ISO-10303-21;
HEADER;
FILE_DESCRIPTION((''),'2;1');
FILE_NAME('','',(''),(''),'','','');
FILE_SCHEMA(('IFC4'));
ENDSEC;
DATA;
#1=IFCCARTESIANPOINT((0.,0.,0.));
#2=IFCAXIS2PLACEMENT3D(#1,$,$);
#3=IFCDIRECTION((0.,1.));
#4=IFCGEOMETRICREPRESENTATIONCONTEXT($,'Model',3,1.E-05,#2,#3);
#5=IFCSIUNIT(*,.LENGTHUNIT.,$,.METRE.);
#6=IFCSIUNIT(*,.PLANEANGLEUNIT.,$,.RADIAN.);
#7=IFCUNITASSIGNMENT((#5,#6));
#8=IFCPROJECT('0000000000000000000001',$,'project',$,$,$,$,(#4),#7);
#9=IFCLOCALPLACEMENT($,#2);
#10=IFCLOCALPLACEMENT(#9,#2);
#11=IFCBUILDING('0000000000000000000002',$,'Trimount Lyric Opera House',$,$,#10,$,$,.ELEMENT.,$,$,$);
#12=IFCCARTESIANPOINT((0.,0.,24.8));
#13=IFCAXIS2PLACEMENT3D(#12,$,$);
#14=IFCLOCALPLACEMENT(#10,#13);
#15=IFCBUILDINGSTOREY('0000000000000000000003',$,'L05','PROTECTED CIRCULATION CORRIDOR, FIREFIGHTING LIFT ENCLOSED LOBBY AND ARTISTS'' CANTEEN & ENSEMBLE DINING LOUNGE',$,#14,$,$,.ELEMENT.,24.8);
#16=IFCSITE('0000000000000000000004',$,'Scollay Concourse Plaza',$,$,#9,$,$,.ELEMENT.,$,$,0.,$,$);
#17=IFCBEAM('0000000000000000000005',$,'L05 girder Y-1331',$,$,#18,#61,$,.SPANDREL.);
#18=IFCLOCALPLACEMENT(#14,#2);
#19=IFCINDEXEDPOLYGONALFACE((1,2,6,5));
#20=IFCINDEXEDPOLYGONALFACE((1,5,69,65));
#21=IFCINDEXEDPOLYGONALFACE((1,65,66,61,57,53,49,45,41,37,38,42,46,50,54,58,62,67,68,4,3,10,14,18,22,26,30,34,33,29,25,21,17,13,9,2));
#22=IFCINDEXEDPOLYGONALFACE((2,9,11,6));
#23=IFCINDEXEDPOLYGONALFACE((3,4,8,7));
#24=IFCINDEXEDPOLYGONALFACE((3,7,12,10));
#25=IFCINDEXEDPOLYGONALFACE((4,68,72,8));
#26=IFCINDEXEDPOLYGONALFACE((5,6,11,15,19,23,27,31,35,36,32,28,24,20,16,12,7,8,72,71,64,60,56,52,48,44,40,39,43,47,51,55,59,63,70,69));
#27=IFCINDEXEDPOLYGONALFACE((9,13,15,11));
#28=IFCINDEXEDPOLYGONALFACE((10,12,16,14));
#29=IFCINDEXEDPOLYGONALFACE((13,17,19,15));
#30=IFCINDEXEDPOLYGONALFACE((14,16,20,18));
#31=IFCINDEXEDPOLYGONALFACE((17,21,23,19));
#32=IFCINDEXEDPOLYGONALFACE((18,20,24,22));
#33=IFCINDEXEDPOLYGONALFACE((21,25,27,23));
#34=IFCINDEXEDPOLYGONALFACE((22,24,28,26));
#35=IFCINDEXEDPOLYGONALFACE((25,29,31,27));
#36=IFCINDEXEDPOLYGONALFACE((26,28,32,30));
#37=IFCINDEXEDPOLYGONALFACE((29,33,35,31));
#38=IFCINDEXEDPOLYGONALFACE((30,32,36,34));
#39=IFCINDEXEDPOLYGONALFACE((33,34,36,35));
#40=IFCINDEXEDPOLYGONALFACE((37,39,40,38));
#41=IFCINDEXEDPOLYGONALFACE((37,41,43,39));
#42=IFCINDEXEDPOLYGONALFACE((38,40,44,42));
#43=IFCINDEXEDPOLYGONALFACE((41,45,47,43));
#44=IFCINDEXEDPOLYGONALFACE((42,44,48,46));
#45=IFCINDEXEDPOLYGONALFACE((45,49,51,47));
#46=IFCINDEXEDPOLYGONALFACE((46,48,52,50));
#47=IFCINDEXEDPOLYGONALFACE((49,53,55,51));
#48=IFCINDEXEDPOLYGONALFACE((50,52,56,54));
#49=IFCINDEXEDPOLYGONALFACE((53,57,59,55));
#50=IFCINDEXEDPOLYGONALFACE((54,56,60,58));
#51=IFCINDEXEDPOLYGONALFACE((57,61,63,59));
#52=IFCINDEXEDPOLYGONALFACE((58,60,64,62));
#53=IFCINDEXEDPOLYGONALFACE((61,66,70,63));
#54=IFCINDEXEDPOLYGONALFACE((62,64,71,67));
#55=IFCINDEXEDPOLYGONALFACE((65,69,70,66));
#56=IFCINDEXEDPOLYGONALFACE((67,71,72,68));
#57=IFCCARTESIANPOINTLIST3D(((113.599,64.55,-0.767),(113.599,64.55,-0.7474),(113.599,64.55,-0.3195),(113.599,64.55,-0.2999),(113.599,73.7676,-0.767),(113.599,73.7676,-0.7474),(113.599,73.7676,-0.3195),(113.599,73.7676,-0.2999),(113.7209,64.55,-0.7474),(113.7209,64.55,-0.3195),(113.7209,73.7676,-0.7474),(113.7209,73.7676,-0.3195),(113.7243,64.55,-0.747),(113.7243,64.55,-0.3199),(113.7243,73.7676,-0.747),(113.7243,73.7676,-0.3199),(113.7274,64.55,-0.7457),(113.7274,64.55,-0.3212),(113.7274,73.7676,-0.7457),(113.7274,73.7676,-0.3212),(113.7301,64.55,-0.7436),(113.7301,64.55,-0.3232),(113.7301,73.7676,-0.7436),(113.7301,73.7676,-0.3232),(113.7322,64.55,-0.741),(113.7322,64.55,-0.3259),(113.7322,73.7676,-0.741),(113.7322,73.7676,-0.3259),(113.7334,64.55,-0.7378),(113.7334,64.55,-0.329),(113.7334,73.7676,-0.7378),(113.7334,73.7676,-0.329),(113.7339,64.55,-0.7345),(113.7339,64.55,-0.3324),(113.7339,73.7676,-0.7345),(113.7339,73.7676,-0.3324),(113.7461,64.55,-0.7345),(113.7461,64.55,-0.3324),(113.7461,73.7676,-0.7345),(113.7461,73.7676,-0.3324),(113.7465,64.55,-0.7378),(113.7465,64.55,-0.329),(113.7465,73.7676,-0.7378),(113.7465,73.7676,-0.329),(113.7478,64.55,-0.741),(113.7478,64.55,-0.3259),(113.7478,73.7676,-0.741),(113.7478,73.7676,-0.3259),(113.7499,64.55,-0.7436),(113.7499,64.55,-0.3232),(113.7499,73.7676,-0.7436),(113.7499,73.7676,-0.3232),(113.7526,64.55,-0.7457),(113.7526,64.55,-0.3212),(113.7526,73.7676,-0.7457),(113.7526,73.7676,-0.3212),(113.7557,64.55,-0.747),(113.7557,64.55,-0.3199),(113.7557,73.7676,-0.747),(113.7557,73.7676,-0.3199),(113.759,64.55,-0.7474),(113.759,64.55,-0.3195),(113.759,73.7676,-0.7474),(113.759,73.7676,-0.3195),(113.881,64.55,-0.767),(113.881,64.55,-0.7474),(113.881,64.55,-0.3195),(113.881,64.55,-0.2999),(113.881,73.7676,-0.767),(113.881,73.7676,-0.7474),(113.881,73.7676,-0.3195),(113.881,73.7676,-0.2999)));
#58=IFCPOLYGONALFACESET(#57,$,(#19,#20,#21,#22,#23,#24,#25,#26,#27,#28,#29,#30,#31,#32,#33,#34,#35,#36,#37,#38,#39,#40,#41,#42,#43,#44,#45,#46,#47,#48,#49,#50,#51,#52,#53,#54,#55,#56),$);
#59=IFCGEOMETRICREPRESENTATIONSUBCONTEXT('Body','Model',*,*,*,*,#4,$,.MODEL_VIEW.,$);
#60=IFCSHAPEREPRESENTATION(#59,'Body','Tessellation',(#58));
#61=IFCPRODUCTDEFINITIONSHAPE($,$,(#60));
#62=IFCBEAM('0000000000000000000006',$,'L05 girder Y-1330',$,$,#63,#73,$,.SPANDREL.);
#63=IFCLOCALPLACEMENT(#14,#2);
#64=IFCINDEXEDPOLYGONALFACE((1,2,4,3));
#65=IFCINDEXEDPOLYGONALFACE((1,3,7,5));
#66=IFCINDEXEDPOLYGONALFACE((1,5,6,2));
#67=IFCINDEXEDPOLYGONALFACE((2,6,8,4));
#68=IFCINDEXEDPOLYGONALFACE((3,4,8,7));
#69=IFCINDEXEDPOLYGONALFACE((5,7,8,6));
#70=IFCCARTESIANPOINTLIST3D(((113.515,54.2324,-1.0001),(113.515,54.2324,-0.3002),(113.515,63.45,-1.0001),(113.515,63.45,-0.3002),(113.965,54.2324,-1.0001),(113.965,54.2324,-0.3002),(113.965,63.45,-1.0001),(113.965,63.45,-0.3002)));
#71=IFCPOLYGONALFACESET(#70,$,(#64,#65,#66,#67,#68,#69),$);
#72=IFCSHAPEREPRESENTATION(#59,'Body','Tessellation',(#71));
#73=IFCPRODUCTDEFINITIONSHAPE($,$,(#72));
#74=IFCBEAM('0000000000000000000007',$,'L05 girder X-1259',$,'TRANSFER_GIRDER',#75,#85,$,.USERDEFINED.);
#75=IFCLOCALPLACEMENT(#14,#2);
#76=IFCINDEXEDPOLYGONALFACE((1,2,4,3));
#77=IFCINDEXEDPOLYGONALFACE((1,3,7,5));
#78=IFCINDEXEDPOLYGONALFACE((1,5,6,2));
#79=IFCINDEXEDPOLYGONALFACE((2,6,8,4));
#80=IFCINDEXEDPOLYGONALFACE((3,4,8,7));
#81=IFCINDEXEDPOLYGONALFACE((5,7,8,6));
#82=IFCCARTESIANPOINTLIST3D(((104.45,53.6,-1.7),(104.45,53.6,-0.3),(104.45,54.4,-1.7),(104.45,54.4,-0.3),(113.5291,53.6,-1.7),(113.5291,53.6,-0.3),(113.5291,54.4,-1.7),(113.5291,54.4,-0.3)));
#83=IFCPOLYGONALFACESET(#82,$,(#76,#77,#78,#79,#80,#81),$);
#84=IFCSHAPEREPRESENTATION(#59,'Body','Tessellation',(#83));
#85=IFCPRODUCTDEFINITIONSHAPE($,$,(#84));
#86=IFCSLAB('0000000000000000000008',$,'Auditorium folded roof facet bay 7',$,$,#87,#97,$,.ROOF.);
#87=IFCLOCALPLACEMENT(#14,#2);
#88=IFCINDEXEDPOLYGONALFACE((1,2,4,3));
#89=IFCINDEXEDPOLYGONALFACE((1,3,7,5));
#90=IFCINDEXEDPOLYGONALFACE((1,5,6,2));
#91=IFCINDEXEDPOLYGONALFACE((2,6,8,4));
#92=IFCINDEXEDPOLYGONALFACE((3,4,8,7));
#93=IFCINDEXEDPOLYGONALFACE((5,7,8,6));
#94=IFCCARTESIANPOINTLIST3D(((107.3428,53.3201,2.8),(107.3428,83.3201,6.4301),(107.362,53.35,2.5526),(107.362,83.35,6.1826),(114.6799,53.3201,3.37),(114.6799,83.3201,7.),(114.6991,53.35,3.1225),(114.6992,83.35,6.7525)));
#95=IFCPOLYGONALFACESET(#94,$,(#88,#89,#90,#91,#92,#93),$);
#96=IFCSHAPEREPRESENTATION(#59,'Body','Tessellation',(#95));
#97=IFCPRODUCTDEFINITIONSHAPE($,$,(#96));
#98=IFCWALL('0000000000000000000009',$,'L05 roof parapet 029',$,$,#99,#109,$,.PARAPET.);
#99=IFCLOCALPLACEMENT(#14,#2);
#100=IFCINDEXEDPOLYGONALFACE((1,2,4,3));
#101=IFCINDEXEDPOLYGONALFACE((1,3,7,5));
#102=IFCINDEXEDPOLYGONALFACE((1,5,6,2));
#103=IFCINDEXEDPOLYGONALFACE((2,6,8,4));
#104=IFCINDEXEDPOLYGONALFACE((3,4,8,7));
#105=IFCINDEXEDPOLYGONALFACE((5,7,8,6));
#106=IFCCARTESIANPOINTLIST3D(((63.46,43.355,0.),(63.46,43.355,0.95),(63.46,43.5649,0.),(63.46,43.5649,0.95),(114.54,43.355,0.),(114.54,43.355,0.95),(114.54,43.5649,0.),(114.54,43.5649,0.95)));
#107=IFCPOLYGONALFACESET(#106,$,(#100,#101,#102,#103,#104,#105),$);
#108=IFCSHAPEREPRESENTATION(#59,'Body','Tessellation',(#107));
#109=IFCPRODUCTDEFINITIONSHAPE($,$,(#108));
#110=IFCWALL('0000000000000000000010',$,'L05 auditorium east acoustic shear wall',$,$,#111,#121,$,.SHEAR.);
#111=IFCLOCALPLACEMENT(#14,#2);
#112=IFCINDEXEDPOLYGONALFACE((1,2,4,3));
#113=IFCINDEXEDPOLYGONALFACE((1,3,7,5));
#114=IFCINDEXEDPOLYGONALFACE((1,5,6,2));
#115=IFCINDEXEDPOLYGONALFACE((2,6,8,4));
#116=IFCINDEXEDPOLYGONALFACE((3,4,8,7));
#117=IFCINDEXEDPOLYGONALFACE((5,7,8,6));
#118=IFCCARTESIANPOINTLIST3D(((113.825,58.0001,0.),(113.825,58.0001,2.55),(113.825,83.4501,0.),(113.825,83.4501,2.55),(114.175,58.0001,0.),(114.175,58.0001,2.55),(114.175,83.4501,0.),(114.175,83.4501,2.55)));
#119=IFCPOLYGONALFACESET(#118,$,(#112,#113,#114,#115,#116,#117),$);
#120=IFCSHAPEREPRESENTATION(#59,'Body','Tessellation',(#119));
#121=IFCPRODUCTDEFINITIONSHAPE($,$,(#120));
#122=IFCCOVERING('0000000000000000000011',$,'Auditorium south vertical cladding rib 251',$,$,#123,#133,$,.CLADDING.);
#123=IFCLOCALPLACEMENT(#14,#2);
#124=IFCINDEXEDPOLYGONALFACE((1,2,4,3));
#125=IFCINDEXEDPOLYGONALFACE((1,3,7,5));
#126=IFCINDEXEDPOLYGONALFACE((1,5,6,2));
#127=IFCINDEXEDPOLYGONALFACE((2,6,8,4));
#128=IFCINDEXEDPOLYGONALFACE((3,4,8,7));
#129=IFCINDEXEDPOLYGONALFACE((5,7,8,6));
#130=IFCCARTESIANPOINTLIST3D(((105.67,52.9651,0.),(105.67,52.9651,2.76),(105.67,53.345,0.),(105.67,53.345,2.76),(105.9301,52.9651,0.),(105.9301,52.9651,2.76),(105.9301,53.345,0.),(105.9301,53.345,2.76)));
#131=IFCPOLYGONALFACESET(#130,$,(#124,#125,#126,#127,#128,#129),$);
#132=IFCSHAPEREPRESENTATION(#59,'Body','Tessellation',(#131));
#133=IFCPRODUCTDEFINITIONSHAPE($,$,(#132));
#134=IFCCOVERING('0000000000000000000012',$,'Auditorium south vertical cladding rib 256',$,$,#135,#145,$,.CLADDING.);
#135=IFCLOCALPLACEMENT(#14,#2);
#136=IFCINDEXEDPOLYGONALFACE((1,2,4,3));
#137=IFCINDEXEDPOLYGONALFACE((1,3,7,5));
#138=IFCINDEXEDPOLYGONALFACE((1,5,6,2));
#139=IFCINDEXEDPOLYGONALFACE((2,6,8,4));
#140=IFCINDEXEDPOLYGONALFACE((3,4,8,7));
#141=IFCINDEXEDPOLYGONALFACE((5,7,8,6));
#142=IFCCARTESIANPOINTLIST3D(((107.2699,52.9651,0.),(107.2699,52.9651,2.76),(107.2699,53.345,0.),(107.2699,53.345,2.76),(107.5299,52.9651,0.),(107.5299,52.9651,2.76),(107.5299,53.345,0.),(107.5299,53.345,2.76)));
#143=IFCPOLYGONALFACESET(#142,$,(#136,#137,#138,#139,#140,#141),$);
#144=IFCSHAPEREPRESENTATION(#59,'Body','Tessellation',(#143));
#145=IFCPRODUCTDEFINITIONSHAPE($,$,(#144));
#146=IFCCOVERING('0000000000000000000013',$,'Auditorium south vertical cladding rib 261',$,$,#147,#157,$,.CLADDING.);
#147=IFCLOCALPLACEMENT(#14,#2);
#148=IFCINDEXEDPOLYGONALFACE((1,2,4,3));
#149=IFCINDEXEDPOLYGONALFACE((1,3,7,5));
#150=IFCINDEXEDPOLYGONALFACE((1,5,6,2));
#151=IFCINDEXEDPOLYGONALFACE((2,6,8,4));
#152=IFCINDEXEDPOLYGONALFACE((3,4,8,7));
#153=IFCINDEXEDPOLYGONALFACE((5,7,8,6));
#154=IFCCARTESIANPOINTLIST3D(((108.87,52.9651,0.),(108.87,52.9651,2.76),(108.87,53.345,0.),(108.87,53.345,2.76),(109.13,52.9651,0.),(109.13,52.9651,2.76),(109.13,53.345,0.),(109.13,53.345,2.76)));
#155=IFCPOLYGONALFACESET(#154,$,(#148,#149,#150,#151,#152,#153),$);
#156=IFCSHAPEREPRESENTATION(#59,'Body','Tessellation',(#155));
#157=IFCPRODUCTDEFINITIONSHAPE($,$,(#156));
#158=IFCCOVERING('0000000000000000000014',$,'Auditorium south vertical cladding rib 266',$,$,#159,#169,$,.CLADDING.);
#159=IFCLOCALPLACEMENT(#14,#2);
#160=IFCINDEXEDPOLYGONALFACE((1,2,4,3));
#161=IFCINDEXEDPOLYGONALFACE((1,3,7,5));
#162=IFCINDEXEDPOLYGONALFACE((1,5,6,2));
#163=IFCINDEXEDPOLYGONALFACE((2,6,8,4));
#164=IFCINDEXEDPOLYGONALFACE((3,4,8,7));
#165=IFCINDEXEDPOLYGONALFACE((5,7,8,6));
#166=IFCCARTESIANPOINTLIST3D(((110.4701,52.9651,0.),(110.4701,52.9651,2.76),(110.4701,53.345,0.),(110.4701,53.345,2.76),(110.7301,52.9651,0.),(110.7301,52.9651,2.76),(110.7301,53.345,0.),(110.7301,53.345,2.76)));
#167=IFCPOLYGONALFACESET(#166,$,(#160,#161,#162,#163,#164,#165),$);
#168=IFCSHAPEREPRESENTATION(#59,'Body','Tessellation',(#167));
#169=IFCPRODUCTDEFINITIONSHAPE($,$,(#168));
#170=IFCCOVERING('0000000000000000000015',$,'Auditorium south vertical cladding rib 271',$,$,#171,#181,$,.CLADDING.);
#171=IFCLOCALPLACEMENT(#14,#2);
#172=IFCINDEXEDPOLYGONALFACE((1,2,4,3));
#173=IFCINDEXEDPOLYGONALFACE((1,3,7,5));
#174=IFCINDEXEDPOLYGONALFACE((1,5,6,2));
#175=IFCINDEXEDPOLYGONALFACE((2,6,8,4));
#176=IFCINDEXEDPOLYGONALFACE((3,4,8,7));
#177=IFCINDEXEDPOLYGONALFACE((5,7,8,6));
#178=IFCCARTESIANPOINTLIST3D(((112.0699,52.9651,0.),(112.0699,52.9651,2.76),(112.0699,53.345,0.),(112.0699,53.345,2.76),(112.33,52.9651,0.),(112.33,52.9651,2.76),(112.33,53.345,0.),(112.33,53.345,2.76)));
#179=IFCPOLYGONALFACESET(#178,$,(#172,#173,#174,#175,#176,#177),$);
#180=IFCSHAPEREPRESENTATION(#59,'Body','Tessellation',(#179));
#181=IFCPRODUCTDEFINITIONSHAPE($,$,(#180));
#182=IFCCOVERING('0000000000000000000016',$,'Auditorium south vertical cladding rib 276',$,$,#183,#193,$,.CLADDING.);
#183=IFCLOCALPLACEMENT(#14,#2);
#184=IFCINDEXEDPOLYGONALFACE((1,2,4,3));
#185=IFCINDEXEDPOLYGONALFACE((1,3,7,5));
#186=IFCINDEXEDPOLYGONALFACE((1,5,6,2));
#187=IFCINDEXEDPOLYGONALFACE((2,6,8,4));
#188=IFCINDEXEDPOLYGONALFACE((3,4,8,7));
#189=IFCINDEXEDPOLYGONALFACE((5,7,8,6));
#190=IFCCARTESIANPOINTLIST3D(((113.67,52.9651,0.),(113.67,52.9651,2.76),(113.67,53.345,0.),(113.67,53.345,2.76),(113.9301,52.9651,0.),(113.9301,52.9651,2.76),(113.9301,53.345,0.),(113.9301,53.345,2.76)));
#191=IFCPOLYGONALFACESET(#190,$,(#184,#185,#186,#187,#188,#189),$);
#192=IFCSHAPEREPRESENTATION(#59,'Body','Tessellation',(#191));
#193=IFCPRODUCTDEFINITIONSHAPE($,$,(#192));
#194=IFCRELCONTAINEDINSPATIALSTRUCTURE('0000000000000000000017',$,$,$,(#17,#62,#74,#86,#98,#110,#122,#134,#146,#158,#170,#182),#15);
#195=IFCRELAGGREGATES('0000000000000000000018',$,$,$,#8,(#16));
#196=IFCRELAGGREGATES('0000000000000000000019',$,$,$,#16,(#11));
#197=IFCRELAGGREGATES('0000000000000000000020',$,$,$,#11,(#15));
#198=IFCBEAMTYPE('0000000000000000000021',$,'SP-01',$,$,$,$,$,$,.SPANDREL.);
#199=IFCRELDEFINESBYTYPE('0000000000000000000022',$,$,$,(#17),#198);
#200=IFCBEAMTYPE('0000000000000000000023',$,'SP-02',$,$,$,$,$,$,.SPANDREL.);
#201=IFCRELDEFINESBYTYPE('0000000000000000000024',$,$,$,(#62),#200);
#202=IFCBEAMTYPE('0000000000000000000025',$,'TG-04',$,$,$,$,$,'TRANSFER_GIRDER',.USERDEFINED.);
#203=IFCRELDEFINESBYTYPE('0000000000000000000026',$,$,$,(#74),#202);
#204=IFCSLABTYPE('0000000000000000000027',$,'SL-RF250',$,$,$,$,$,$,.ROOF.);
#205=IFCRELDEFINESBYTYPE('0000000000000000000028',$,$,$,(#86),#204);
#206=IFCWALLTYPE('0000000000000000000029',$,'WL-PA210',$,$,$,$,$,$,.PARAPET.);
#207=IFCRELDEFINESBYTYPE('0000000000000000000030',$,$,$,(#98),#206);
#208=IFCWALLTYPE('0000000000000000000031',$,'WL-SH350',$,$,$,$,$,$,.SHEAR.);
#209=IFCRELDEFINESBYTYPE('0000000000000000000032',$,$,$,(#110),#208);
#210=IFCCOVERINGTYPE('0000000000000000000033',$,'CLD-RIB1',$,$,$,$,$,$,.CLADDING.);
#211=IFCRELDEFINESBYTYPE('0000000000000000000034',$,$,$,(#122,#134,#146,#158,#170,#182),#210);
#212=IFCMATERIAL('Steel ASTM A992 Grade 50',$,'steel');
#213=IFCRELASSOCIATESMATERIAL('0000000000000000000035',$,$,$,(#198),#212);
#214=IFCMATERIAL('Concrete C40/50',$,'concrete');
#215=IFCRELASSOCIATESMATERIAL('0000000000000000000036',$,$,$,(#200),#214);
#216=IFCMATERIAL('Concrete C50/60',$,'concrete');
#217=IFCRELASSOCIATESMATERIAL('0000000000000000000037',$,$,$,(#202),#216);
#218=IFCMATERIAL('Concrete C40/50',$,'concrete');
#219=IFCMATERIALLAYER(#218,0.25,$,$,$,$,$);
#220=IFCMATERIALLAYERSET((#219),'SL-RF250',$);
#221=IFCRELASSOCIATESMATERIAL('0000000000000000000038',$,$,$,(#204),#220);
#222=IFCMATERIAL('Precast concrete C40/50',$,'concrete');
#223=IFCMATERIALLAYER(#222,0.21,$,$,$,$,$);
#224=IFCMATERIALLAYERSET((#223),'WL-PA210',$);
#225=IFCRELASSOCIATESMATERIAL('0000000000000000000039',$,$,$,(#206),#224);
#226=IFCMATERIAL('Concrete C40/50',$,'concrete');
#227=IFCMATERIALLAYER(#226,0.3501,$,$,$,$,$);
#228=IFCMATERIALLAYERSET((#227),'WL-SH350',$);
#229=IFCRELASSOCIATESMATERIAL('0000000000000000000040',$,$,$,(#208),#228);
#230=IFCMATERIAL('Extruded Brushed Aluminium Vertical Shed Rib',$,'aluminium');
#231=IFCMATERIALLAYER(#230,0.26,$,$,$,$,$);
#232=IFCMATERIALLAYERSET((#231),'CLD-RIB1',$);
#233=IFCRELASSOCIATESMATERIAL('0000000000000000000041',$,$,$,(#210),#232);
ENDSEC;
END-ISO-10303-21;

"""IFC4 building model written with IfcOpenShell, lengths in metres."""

from ifc_helpers import new_model, si_unit, direction, frame, frame_2d, origin, origin_2d, place, context, subcontext, project, spatial, polyline, rectangle, i_section, outline, extrude, material, layer, layer_set, material_profile, profile_set, type_object, element, save


model = new_model("IFC4")

# Units and contexts
model_context = context("Model", 3, precision=1e-05, world=origin(), true_north=direction((0.0, 1.0)))
body_context = subcontext(model_context, "Body", "Model", "MODEL_VIEW")
ifc_project = project(units=[si_unit("LENGTHUNIT", "METRE"), si_unit("PLANEANGLEUNIT", "RADIAN")], contexts=[model_context])

# Site, building, storey
site_placement = place(None, origin())
site = spatial("IfcSite", under=ifc_project, at=site_placement, Name="Scollay Concourse Plaza", CompositionType="ELEMENT", RefElevation=0.0)
building_placement = place(site_placement, origin())
building = spatial("IfcBuilding", under=site, at=building_placement, Name="Trimount Lyric Opera House", CompositionType="ELEMENT")
storey_placement = place(building_placement, frame((0.0, 0.0, 24.8)))
storey = spatial("IfcBuildingStorey", under=building, at=storey_placement, Name="L05", Description="PROTECTED CIRCULATION CORRIDOR, FIREFIGHTING LIFT ENCLOSED LOBBY AND ARTISTS' CANTEEN & ENSEMBLE DINING LOUNGE", CompositionType="ELEMENT", Elevation=24.8)

# Beams
ifc_material_1 = material(Name="Steel ASTM A992 Grade 50", Category="steel")
ifc_material_profile_1 = material_profile(ifc_material_1, i_section(OverallWidth=0.282, OverallDepth=0.467, WebThickness=0.0122, FlangeThickness=0.0195, FilletRadius=0.0129, at=origin_2d()), Name="W18X86")
ifc_profile_set_1 = profile_set([ifc_material_profile_1], Name="Steel ASTM A992 Grade 50")
beam_type_1 = type_object("IfcBeamType", Name="SP-01", PredefinedType="SPANDREL", material=ifc_profile_set_1)
beam_1_placement = place(storey_placement, frame((113.74, 64.55, -0.5334), z_axis=(0.0, 1.0, 0.0), x_axis=(-1.0, 0.0, 0.0)))
element("IfcBeam", 1, at=beam_1_placement, inside=storey, type_object=beam_type_1, Name="L05 girder Y-1331", PredefinedType="SPANDREL", context=body_context, shape_type="SweptSolid", body=[
    extrude(i_section(OverallWidth=0.282, OverallDepth=0.467, WebThickness=0.0122, FlangeThickness=0.0195, FilletRadius=0.0129, at=origin_2d()), origin(), (0.0, 0.0, 1.0), 9.2175),
])
ifc_material_2 = material(Name="Concrete C40/50", Category="concrete")
ifc_material_profile_2 = material_profile(ifc_material_2, rectangle(XDim=0.45, YDim=0.7, at=origin_2d()), Name="RC450X700")
ifc_profile_set_2 = profile_set([ifc_material_profile_2], Name="Concrete C40/50")
beam_type_2 = type_object("IfcBeamType", Name="SP-02", PredefinedType="SPANDREL", material=ifc_profile_set_2)
beam_2_placement = place(storey_placement, frame((113.74, 54.2324, -0.6501), z_axis=(0.0, 1.0, 0.0), x_axis=(-1.0, 0.0, 0.0)))
element("IfcBeam", 2, at=beam_2_placement, inside=storey, type_object=beam_type_2, Name="L05 girder Y-1330", PredefinedType="SPANDREL", context=body_context, shape_type="SweptSolid", body=[
    extrude(rectangle(XDim=0.45, YDim=0.7, at=origin_2d()), origin(), (0.0, 0.0, 1.0), 9.2175),
])
ifc_material_3 = material(Name="Concrete C50/60", Category="concrete")
ifc_material_profile_3 = material_profile(ifc_material_3, rectangle(XDim=0.8, YDim=1.3999, at=origin_2d()), Name="RC800X1400")
ifc_profile_set_3 = profile_set([ifc_material_profile_3], Name="Concrete C50/60")
beam_type_3 = type_object("IfcBeamType", Name="TG-04", ElementType="TRANSFER_GIRDER", PredefinedType="USERDEFINED", material=ifc_profile_set_3)
beam_3_placement = place(storey_placement, frame((104.45, 54.0, -1.0), z_axis=(1.0, 0.0, 0.0), x_axis=(0.0, 1.0, 0.0)))
element("IfcBeam", 3, at=beam_3_placement, inside=storey, type_object=beam_type_3, Name="L05 girder X-1259", ObjectType="TRANSFER_GIRDER", PredefinedType="USERDEFINED", context=body_context, shape_type="SweptSolid", body=[
    extrude(rectangle(XDim=0.8, YDim=1.3999, at=origin_2d()), origin(), (0.0, 0.0, 1.0), 9.0791),
])

# Slab
ifc_material_4 = material(Name="Concrete C40/50", Category="concrete")
ifc_layer_1 = layer(ifc_material_4, 0.25)
ifc_layer_set_1 = layer_set([ifc_layer_1], Name="SL-RF250")
slab_type = type_object("IfcSlabType", Name="SL-RF250", PredefinedType="ROOF", material=ifc_layer_set_1)
slab_placement = place(storey_placement, frame((107.3428, 53.3201, 2.8), z_axis=(-0.076889, -0.119768, 0.98982), x_axis=(0.996997, -0.000002, 0.077446)))
element("IfcSlab", 4, at=slab_placement, inside=storey, type_object=slab_type, Name="Auditorium folded roof facet bay 7", PredefinedType="ROOF", context=body_context, shape_type="SweptSolid", body=[
    extrude(outline(polyline([(0.0, 0.0), (7.3593, 0.0), (7.6403, 30.2175), (0.2811, 30.2175), (0.0, 0.0)])), origin(), (0.0, 0.0, -1.0), 0.25),
])

# Walls
ifc_material_5 = material(Name="Precast concrete C40/50", Category="concrete")
ifc_layer_2 = layer(ifc_material_5, 0.21)
ifc_layer_set_2 = layer_set([ifc_layer_2], Name="WL-PA210")
wall_type_1 = type_object("IfcWallType", Name="WL-PA210", PredefinedType="PARAPET", material=ifc_layer_set_2)
wall_1_placement = place(storey_placement, frame((114.54, 43.46, 0.0), z_axis=(0.0, 0.0, 1.0), x_axis=(-1.0, 0.0, 0.0)))
element("IfcWall", 5, at=wall_1_placement, inside=storey, type_object=wall_type_1, Name="L05 roof parapet 029", PredefinedType="PARAPET", context=body_context, shape_type="SweptSolid", body=[
    extrude(rectangle(XDim=51.0801, YDim=0.21, at=frame_2d((25.54, 0.0))), origin(), (0.0, 0.0, 1.0), 0.95),
])
ifc_material_6 = material(Name="Concrete C40/50", Category="concrete")
ifc_layer_3 = layer(ifc_material_6, 0.3501)
ifc_layer_set_3 = layer_set([ifc_layer_3], Name="WL-SH350")
wall_type_2 = type_object("IfcWallType", Name="WL-SH350", PredefinedType="SHEAR", material=ifc_layer_set_3)
wall_2_placement = place(storey_placement, frame((114.0, 58.0, 0.0), z_axis=(0.0, 0.0, 1.0), x_axis=(0.0, 1.0, 0.0)))
element("IfcWall", 6, at=wall_2_placement, inside=storey, type_object=wall_type_2, Name="L05 auditorium east acoustic shear wall", PredefinedType="SHEAR", context=body_context, shape_type="SweptSolid", body=[
    extrude(rectangle(XDim=25.45, YDim=0.3501, at=frame_2d((12.7251, 0.0))), origin(), (0.0, 0.0, 1.0), 2.55),
])

# Coverings
ifc_material_7 = material(Name="Extruded Brushed Aluminium Vertical Shed Rib", Category="aluminium")
ifc_layer_4 = layer(ifc_material_7, 0.26)
ifc_layer_set_4 = layer_set([ifc_layer_4], Name="CLD-RIB1")
covering_type_1 = type_object("IfcCoveringType", Name="CLD-RIB1", PredefinedType="CLADDING", material=ifc_layer_set_4)
for number, where, z_axis, x_axis, name in (
    (7, (105.8, 53.155, 0.0), (0.0, 0.0, 1.0), (1.0, 0.0, 0.0), "Auditorium south vertical cladding rib 251"),
    (8, (107.3999, 53.155, 0.0), (0.0, 0.0, 1.0), (1.0, 0.0, 0.0), "Auditorium south vertical cladding rib 256"),
    (9, (109.0, 53.155, 0.0), (0.0, 0.0, 1.0), (1.0, 0.0, 0.0), "Auditorium south vertical cladding rib 261"),
    (10, (110.6001, 53.155, 0.0), (0.0, 0.0, 1.0), (1.0, 0.0, 0.0), "Auditorium south vertical cladding rib 266"),
    (11, (112.2, 53.155, 0.0), (0.0, 0.0, 1.0), (1.0, 0.0, 0.0), "Auditorium south vertical cladding rib 271"),
    (12, (113.8, 53.155, 0.0), (0.0, 0.0, 1.0), (1.0, 0.0, 0.0), "Auditorium south vertical cladding rib 276"),
):
    element("IfcCovering", number, at=place(storey_placement, frame(where, z_axis=z_axis, x_axis=x_axis)), inside=storey, type_object=covering_type_1, Name=name, PredefinedType="CLADDING", context=body_context, shape_type="SweptSolid", body=[
        extrude(rectangle(XDim=0.26, YDim=0.3799, at=origin_2d()), origin(), (0.0, 0.0, 1.0), 2.76),
    ])

save(model, "model.ifc")
